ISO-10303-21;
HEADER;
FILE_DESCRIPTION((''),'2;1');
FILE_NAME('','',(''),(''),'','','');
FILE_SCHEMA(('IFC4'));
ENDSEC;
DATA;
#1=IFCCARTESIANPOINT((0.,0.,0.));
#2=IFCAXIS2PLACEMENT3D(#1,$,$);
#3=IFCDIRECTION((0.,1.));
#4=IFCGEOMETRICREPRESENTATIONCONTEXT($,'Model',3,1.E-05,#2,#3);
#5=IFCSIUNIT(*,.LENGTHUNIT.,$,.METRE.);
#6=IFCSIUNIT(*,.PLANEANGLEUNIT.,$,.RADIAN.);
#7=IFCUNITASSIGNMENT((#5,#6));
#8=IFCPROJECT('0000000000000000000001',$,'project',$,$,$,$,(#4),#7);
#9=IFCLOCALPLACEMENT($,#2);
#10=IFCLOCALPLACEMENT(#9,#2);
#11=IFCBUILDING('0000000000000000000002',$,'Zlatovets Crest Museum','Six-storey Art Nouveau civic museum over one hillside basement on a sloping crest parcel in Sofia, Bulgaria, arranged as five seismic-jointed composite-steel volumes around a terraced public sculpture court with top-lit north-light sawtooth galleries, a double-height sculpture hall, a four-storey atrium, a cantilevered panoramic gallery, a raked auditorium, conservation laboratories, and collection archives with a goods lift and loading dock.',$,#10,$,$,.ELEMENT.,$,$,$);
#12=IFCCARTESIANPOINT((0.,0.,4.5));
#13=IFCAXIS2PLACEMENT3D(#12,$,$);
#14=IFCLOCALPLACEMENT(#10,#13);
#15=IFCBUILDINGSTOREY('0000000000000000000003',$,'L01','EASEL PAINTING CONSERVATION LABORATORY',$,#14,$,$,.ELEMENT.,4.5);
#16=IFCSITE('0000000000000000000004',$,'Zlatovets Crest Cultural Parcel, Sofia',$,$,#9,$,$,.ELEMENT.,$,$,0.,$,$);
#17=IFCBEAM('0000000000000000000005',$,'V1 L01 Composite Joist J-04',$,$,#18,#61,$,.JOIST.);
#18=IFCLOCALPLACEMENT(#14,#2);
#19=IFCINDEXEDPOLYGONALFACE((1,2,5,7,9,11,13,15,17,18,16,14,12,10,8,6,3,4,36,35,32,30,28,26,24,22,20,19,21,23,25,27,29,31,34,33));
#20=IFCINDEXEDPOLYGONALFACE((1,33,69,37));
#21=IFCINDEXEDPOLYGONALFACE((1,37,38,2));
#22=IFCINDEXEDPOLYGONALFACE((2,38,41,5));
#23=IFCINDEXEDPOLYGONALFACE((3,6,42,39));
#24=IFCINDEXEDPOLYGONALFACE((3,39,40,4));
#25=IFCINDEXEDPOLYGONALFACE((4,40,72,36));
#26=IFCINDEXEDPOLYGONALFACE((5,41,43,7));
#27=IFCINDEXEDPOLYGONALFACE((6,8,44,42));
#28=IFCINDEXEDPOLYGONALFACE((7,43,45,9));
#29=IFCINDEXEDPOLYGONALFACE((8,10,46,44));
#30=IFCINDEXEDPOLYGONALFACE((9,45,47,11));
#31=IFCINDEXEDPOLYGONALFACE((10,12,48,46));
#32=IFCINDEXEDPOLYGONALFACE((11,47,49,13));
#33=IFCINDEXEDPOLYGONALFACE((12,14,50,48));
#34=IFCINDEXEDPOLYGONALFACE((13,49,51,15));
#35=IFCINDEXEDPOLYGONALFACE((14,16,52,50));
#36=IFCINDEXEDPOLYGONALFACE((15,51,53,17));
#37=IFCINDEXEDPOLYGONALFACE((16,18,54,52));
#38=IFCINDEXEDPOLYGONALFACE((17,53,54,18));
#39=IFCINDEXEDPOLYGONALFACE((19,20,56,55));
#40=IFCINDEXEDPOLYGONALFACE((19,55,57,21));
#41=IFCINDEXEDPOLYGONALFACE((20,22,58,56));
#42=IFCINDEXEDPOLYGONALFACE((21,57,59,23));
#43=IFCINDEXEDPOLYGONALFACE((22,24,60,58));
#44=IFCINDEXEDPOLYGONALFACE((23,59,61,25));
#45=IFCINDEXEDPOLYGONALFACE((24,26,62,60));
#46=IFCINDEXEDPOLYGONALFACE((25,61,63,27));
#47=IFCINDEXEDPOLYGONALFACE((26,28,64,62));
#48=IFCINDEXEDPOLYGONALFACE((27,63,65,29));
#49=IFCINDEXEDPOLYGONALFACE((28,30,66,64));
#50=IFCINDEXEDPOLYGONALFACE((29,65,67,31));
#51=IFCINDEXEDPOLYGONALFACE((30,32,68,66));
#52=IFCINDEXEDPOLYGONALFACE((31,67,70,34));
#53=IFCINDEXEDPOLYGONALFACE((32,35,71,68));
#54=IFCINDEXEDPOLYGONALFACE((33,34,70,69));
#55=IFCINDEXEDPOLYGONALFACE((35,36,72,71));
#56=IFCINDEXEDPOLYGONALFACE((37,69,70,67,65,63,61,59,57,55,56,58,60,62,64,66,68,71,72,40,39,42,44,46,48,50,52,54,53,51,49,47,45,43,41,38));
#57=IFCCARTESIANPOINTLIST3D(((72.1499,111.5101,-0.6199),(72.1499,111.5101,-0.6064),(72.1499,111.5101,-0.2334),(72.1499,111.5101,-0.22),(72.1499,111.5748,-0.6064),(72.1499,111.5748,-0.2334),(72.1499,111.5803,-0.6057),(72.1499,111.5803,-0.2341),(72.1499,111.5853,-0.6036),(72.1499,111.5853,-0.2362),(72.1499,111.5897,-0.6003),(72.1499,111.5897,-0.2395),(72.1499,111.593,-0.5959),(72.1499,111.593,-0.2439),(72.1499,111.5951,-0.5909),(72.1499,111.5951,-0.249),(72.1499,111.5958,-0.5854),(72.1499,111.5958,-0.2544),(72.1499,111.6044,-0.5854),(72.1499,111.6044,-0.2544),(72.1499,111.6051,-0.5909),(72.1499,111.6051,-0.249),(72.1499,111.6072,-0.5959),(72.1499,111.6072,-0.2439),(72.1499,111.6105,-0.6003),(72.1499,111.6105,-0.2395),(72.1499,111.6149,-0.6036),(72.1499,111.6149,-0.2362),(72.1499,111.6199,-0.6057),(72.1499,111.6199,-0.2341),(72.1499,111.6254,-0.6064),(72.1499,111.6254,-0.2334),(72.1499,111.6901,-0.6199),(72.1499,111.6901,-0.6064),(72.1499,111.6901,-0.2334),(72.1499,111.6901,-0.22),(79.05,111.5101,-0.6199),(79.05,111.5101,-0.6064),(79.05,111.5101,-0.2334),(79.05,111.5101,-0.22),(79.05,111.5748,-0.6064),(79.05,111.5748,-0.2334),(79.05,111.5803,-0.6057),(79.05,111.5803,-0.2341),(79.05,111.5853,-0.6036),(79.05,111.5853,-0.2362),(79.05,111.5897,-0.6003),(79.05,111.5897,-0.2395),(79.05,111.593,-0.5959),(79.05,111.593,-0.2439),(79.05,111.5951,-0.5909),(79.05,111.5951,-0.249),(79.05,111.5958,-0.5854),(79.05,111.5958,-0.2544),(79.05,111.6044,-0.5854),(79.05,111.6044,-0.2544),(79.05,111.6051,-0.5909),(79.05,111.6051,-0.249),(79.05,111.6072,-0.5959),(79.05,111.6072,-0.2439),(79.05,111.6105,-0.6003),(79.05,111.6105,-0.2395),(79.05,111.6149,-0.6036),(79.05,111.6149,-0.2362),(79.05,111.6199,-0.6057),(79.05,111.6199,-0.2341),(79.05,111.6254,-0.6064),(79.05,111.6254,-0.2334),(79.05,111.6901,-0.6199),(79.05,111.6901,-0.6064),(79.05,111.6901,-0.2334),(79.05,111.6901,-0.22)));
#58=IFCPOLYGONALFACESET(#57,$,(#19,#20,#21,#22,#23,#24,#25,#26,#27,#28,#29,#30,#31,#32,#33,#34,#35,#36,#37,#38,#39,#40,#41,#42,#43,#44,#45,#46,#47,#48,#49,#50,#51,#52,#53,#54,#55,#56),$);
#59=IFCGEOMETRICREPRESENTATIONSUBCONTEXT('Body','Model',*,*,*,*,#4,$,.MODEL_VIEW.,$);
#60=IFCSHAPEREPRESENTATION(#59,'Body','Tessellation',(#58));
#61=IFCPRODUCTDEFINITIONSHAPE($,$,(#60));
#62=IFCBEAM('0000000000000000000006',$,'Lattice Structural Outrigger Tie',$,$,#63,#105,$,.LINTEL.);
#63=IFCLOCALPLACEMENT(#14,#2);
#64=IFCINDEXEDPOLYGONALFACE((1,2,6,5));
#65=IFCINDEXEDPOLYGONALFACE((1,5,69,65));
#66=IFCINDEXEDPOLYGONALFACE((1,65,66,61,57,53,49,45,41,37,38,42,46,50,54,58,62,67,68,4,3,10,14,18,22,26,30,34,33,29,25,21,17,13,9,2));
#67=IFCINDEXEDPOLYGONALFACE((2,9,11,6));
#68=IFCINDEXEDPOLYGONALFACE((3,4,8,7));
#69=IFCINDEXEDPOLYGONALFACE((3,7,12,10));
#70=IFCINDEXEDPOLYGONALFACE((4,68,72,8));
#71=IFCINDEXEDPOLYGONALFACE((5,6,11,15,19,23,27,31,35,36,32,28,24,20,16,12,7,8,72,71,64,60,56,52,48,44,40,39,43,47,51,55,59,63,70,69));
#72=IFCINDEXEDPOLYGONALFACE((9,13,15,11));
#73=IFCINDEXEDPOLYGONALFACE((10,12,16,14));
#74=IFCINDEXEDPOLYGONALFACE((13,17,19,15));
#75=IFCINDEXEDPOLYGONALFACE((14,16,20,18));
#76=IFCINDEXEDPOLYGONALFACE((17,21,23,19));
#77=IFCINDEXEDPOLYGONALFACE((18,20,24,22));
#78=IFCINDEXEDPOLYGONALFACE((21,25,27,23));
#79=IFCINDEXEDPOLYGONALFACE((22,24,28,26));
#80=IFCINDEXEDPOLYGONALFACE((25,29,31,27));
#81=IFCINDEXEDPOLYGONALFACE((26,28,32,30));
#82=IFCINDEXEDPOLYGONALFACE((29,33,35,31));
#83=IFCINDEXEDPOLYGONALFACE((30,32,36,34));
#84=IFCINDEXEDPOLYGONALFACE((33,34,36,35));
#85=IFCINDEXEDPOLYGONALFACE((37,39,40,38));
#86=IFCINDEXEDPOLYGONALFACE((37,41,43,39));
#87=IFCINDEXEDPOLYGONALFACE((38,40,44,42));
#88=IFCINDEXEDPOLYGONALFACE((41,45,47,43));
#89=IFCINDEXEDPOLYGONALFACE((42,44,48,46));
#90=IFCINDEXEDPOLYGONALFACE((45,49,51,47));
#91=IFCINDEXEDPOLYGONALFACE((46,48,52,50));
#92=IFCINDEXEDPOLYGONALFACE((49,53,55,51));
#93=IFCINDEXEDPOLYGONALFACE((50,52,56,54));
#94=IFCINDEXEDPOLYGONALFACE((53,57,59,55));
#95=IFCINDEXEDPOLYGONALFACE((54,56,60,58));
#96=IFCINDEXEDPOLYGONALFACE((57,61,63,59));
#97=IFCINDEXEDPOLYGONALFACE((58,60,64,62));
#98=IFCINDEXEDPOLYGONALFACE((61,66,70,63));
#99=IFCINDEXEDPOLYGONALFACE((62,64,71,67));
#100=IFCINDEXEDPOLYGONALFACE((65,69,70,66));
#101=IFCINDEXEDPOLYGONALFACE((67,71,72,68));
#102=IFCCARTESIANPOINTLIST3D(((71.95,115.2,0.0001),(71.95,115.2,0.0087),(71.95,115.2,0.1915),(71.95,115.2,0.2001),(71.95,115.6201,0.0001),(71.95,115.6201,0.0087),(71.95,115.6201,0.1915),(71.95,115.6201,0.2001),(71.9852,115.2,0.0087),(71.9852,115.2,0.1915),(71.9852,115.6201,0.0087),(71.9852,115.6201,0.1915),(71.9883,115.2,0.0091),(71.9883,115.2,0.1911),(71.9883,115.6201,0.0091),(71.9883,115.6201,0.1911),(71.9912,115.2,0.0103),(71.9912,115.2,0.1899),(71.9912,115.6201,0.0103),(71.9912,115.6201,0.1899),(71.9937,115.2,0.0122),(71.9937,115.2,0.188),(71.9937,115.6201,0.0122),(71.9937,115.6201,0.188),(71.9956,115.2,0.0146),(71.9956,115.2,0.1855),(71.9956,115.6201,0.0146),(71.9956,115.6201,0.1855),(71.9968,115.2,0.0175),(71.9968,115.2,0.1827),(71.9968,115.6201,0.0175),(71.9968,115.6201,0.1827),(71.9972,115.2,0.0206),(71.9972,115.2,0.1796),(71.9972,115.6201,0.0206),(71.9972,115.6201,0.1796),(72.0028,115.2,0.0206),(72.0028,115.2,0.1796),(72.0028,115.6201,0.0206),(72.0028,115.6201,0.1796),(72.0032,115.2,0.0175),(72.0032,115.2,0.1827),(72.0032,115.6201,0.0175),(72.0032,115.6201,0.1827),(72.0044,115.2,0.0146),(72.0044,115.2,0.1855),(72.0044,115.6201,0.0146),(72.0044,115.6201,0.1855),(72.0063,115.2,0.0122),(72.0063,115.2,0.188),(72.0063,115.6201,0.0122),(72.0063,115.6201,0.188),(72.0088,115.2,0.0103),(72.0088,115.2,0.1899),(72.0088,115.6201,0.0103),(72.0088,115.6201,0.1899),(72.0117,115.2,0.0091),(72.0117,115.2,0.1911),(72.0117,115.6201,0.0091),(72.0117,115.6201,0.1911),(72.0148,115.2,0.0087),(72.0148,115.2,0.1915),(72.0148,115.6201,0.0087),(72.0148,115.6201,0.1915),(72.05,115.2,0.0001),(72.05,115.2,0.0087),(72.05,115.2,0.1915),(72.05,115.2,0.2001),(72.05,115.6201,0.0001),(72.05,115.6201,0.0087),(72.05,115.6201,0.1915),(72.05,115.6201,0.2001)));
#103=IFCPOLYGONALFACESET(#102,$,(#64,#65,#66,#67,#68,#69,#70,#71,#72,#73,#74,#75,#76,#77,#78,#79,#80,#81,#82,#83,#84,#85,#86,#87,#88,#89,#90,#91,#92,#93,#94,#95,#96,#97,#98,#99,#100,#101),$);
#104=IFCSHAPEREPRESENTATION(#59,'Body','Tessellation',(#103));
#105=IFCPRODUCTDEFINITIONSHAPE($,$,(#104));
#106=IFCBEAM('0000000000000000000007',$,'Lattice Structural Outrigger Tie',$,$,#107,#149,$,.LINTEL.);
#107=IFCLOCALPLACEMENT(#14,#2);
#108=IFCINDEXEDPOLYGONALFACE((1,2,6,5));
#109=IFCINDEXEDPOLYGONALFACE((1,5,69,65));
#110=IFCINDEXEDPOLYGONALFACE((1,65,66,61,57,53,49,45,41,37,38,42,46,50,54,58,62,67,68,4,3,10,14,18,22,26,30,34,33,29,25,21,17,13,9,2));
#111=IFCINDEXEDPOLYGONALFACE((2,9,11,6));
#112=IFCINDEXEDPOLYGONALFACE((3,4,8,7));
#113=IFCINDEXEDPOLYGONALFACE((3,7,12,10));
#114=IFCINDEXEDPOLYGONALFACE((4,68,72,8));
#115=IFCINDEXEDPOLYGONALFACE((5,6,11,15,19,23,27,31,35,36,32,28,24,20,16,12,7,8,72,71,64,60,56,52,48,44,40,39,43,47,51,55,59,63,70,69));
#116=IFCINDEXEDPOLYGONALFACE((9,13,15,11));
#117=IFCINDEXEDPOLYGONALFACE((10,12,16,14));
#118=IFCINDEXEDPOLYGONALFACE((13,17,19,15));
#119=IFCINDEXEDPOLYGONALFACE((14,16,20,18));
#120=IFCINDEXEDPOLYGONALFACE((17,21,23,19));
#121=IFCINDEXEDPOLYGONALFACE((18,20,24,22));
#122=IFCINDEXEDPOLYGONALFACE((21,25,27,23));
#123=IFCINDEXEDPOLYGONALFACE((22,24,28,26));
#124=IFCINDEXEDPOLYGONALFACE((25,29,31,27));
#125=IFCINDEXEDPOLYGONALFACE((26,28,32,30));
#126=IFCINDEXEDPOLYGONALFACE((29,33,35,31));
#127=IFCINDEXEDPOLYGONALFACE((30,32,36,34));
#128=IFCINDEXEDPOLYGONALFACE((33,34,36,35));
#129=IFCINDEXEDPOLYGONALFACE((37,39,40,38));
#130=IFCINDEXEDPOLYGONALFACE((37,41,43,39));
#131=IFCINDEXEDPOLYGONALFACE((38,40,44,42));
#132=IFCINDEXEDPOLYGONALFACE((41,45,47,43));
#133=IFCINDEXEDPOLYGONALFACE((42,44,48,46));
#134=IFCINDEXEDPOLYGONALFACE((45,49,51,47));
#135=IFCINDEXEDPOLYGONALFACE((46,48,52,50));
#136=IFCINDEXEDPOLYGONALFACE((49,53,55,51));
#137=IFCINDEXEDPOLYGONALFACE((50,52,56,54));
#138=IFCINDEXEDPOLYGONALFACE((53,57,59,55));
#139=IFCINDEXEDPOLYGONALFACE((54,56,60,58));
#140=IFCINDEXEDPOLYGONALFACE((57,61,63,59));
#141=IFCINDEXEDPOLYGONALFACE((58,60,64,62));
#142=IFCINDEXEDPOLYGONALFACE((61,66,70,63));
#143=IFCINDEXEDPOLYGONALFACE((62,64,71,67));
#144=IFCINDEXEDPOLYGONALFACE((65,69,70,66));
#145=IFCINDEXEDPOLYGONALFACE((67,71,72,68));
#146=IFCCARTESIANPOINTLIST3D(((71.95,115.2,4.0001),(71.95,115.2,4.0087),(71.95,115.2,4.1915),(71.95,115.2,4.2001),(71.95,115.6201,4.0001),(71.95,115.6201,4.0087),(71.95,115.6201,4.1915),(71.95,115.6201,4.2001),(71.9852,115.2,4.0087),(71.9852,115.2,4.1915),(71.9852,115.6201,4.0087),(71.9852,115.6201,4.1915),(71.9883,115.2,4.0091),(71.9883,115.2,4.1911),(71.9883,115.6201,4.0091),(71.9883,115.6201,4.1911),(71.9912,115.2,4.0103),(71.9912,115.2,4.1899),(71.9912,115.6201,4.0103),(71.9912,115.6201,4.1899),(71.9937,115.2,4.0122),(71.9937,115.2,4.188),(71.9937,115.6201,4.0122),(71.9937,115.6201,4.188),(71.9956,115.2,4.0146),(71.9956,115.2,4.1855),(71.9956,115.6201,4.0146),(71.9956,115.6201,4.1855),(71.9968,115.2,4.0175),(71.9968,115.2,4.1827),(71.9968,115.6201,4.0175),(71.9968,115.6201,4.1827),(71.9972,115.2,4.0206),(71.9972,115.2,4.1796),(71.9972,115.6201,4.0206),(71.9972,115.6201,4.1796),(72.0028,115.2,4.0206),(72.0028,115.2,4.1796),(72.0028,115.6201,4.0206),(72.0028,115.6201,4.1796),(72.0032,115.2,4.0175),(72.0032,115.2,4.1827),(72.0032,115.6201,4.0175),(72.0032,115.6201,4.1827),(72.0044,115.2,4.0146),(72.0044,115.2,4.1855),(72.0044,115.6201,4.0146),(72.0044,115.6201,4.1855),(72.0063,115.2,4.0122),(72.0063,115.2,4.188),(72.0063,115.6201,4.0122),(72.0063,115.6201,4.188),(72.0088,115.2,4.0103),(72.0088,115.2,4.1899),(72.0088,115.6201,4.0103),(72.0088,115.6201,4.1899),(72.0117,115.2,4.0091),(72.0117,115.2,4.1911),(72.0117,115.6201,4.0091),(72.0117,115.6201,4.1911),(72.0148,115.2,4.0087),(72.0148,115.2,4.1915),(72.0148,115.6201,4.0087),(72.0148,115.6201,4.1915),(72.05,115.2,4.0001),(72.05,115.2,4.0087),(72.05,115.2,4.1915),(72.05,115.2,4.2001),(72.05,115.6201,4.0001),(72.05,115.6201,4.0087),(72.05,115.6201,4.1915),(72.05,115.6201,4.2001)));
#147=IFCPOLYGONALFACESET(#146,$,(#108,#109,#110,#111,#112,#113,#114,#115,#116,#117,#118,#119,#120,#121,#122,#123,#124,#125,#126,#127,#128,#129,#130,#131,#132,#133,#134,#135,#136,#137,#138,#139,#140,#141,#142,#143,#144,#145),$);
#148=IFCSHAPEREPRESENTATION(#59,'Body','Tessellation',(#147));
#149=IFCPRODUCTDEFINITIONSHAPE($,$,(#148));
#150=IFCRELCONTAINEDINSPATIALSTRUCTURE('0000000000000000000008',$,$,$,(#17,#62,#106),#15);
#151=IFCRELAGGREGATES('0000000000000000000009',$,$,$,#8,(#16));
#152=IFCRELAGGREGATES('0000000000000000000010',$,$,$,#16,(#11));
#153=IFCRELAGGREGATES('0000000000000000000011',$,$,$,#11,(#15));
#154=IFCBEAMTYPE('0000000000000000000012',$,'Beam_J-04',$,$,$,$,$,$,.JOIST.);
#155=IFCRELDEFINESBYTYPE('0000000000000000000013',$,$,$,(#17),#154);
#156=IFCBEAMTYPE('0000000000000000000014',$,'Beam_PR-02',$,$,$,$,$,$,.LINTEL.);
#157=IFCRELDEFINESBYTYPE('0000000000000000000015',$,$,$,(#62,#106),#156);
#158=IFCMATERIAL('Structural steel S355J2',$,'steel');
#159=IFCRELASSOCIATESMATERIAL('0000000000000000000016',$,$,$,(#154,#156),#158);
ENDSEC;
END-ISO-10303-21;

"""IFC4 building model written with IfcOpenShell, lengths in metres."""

from ifc_helpers import new_model, si_unit, direction, frame, origin, origin_2d, place, context, subcontext, project, spatial, i_section, extrude, material, material_profile, profile_set, type_object, element, save


model = new_model("IFC4")

# Units and contexts
model_context = context("Model", 3, precision=1e-05, world=origin(), true_north=direction((0.0, 1.0)))
body_context = subcontext(model_context, "Body", "Model", "MODEL_VIEW")
ifc_project = project(units=[si_unit("LENGTHUNIT", "METRE"), si_unit("PLANEANGLEUNIT", "RADIAN")], contexts=[model_context])

# Site, building, storey
site_placement = place(None, origin())
site = spatial("IfcSite", under=ifc_project, at=site_placement, Name="Zlatovets Crest Cultural Parcel, Sofia", CompositionType="ELEMENT", RefElevation=0.0)
building_placement = place(site_placement, origin())
building = spatial("IfcBuilding", under=site, at=building_placement, Name="Zlatovets Crest Museum", Description="Six-storey Art Nouveau civic museum over one hillside basement on a sloping crest parcel in Sofia, Bulgaria, arranged as five seismic-jointed composite-steel volumes around a terraced public sculpture court with top-lit north-light sawtooth galleries, a double-height sculpture hall, a four-storey atrium, a cantilevered panoramic gallery, a raked auditorium, conservation laboratories, and collection archives with a goods lift and loading dock.", CompositionType="ELEMENT")
storey_placement = place(building_placement, frame((0.0, 0.0, 4.5)))
storey = spatial("IfcBuildingStorey", under=building, at=storey_placement, Name="L01", Description="EASEL PAINTING CONSERVATION LABORATORY", CompositionType="ELEMENT", Elevation=4.5)

# Shared definitions
ifc_material_1 = material(Name="Structural steel S355J2", Category="steel")

# Beams
ifc_material_profile_1 = material_profile(ifc_material_1, i_section(OverallWidth=0.1799, OverallDepth=0.3999, WebThickness=0.0085, FlangeThickness=0.0134, FilletRadius=0.021, at=origin_2d()), Name="IPE 400")
ifc_profile_set_1 = profile_set([ifc_material_profile_1], Name="Structural steel S355J2")
beam_type_1 = type_object("IfcBeamType", Name="Beam_J-04", PredefinedType="JOIST", material=ifc_profile_set_1)
beam_placement = place(storey_placement, frame((72.1499, 111.6001, -0.4199), z_axis=(1.0, 0.0, 0.0), x_axis=(0.0, 1.0, 0.0)))
element("IfcBeam", 1, at=beam_placement, inside=storey, type_object=beam_type_1, Name="V1 L01 Composite Joist J-04", PredefinedType="JOIST", context=body_context, shape_type="SweptSolid", body=[
    extrude(i_section(OverallWidth=0.1799, OverallDepth=0.3999, WebThickness=0.0085, FlangeThickness=0.0134, FilletRadius=0.021, at=origin_2d()), origin(), (0.0, 0.0, 1.0), 6.9001),
])
ifc_material_profile_2 = material_profile(ifc_material_1, i_section(OverallWidth=0.1001, OverallDepth=0.2, WebThickness=0.0056, FlangeThickness=0.0085, FilletRadius=0.012, at=origin_2d()), Name="IPE 200")
ifc_profile_set_2 = profile_set([ifc_material_profile_2], Name="Structural steel S355J2")
beam_type_2 = type_object("IfcBeamType", Name="Beam_PR-02", PredefinedType="LINTEL", material=ifc_profile_set_2)
for number, where, z_axis, x_axis, name in (
    (2, (72.0, 115.2, 0.1001), (0.0, 1.0, 0.0), (-1.0, 0.0, 0.0), "Lattice Structural Outrigger Tie"),
    (3, (72.0, 115.2, 4.1001), (0.0, 1.0, 0.0), (-1.0, 0.0, 0.0), "Lattice Structural Outrigger Tie"),
):
    element("IfcBeam", number, at=place(storey_placement, frame(where, z_axis=z_axis, x_axis=x_axis)), inside=storey, type_object=beam_type_2, Name=name, PredefinedType="LINTEL", context=body_context, shape_type="SweptSolid", body=[
        extrude(i_section(OverallWidth=0.1001, OverallDepth=0.2, WebThickness=0.0056, FlangeThickness=0.0085, FilletRadius=0.012, at=origin_2d()), origin(), (0.0, 0.0, 1.0), 0.4202),
    ])

save(model, "model.ifc")
